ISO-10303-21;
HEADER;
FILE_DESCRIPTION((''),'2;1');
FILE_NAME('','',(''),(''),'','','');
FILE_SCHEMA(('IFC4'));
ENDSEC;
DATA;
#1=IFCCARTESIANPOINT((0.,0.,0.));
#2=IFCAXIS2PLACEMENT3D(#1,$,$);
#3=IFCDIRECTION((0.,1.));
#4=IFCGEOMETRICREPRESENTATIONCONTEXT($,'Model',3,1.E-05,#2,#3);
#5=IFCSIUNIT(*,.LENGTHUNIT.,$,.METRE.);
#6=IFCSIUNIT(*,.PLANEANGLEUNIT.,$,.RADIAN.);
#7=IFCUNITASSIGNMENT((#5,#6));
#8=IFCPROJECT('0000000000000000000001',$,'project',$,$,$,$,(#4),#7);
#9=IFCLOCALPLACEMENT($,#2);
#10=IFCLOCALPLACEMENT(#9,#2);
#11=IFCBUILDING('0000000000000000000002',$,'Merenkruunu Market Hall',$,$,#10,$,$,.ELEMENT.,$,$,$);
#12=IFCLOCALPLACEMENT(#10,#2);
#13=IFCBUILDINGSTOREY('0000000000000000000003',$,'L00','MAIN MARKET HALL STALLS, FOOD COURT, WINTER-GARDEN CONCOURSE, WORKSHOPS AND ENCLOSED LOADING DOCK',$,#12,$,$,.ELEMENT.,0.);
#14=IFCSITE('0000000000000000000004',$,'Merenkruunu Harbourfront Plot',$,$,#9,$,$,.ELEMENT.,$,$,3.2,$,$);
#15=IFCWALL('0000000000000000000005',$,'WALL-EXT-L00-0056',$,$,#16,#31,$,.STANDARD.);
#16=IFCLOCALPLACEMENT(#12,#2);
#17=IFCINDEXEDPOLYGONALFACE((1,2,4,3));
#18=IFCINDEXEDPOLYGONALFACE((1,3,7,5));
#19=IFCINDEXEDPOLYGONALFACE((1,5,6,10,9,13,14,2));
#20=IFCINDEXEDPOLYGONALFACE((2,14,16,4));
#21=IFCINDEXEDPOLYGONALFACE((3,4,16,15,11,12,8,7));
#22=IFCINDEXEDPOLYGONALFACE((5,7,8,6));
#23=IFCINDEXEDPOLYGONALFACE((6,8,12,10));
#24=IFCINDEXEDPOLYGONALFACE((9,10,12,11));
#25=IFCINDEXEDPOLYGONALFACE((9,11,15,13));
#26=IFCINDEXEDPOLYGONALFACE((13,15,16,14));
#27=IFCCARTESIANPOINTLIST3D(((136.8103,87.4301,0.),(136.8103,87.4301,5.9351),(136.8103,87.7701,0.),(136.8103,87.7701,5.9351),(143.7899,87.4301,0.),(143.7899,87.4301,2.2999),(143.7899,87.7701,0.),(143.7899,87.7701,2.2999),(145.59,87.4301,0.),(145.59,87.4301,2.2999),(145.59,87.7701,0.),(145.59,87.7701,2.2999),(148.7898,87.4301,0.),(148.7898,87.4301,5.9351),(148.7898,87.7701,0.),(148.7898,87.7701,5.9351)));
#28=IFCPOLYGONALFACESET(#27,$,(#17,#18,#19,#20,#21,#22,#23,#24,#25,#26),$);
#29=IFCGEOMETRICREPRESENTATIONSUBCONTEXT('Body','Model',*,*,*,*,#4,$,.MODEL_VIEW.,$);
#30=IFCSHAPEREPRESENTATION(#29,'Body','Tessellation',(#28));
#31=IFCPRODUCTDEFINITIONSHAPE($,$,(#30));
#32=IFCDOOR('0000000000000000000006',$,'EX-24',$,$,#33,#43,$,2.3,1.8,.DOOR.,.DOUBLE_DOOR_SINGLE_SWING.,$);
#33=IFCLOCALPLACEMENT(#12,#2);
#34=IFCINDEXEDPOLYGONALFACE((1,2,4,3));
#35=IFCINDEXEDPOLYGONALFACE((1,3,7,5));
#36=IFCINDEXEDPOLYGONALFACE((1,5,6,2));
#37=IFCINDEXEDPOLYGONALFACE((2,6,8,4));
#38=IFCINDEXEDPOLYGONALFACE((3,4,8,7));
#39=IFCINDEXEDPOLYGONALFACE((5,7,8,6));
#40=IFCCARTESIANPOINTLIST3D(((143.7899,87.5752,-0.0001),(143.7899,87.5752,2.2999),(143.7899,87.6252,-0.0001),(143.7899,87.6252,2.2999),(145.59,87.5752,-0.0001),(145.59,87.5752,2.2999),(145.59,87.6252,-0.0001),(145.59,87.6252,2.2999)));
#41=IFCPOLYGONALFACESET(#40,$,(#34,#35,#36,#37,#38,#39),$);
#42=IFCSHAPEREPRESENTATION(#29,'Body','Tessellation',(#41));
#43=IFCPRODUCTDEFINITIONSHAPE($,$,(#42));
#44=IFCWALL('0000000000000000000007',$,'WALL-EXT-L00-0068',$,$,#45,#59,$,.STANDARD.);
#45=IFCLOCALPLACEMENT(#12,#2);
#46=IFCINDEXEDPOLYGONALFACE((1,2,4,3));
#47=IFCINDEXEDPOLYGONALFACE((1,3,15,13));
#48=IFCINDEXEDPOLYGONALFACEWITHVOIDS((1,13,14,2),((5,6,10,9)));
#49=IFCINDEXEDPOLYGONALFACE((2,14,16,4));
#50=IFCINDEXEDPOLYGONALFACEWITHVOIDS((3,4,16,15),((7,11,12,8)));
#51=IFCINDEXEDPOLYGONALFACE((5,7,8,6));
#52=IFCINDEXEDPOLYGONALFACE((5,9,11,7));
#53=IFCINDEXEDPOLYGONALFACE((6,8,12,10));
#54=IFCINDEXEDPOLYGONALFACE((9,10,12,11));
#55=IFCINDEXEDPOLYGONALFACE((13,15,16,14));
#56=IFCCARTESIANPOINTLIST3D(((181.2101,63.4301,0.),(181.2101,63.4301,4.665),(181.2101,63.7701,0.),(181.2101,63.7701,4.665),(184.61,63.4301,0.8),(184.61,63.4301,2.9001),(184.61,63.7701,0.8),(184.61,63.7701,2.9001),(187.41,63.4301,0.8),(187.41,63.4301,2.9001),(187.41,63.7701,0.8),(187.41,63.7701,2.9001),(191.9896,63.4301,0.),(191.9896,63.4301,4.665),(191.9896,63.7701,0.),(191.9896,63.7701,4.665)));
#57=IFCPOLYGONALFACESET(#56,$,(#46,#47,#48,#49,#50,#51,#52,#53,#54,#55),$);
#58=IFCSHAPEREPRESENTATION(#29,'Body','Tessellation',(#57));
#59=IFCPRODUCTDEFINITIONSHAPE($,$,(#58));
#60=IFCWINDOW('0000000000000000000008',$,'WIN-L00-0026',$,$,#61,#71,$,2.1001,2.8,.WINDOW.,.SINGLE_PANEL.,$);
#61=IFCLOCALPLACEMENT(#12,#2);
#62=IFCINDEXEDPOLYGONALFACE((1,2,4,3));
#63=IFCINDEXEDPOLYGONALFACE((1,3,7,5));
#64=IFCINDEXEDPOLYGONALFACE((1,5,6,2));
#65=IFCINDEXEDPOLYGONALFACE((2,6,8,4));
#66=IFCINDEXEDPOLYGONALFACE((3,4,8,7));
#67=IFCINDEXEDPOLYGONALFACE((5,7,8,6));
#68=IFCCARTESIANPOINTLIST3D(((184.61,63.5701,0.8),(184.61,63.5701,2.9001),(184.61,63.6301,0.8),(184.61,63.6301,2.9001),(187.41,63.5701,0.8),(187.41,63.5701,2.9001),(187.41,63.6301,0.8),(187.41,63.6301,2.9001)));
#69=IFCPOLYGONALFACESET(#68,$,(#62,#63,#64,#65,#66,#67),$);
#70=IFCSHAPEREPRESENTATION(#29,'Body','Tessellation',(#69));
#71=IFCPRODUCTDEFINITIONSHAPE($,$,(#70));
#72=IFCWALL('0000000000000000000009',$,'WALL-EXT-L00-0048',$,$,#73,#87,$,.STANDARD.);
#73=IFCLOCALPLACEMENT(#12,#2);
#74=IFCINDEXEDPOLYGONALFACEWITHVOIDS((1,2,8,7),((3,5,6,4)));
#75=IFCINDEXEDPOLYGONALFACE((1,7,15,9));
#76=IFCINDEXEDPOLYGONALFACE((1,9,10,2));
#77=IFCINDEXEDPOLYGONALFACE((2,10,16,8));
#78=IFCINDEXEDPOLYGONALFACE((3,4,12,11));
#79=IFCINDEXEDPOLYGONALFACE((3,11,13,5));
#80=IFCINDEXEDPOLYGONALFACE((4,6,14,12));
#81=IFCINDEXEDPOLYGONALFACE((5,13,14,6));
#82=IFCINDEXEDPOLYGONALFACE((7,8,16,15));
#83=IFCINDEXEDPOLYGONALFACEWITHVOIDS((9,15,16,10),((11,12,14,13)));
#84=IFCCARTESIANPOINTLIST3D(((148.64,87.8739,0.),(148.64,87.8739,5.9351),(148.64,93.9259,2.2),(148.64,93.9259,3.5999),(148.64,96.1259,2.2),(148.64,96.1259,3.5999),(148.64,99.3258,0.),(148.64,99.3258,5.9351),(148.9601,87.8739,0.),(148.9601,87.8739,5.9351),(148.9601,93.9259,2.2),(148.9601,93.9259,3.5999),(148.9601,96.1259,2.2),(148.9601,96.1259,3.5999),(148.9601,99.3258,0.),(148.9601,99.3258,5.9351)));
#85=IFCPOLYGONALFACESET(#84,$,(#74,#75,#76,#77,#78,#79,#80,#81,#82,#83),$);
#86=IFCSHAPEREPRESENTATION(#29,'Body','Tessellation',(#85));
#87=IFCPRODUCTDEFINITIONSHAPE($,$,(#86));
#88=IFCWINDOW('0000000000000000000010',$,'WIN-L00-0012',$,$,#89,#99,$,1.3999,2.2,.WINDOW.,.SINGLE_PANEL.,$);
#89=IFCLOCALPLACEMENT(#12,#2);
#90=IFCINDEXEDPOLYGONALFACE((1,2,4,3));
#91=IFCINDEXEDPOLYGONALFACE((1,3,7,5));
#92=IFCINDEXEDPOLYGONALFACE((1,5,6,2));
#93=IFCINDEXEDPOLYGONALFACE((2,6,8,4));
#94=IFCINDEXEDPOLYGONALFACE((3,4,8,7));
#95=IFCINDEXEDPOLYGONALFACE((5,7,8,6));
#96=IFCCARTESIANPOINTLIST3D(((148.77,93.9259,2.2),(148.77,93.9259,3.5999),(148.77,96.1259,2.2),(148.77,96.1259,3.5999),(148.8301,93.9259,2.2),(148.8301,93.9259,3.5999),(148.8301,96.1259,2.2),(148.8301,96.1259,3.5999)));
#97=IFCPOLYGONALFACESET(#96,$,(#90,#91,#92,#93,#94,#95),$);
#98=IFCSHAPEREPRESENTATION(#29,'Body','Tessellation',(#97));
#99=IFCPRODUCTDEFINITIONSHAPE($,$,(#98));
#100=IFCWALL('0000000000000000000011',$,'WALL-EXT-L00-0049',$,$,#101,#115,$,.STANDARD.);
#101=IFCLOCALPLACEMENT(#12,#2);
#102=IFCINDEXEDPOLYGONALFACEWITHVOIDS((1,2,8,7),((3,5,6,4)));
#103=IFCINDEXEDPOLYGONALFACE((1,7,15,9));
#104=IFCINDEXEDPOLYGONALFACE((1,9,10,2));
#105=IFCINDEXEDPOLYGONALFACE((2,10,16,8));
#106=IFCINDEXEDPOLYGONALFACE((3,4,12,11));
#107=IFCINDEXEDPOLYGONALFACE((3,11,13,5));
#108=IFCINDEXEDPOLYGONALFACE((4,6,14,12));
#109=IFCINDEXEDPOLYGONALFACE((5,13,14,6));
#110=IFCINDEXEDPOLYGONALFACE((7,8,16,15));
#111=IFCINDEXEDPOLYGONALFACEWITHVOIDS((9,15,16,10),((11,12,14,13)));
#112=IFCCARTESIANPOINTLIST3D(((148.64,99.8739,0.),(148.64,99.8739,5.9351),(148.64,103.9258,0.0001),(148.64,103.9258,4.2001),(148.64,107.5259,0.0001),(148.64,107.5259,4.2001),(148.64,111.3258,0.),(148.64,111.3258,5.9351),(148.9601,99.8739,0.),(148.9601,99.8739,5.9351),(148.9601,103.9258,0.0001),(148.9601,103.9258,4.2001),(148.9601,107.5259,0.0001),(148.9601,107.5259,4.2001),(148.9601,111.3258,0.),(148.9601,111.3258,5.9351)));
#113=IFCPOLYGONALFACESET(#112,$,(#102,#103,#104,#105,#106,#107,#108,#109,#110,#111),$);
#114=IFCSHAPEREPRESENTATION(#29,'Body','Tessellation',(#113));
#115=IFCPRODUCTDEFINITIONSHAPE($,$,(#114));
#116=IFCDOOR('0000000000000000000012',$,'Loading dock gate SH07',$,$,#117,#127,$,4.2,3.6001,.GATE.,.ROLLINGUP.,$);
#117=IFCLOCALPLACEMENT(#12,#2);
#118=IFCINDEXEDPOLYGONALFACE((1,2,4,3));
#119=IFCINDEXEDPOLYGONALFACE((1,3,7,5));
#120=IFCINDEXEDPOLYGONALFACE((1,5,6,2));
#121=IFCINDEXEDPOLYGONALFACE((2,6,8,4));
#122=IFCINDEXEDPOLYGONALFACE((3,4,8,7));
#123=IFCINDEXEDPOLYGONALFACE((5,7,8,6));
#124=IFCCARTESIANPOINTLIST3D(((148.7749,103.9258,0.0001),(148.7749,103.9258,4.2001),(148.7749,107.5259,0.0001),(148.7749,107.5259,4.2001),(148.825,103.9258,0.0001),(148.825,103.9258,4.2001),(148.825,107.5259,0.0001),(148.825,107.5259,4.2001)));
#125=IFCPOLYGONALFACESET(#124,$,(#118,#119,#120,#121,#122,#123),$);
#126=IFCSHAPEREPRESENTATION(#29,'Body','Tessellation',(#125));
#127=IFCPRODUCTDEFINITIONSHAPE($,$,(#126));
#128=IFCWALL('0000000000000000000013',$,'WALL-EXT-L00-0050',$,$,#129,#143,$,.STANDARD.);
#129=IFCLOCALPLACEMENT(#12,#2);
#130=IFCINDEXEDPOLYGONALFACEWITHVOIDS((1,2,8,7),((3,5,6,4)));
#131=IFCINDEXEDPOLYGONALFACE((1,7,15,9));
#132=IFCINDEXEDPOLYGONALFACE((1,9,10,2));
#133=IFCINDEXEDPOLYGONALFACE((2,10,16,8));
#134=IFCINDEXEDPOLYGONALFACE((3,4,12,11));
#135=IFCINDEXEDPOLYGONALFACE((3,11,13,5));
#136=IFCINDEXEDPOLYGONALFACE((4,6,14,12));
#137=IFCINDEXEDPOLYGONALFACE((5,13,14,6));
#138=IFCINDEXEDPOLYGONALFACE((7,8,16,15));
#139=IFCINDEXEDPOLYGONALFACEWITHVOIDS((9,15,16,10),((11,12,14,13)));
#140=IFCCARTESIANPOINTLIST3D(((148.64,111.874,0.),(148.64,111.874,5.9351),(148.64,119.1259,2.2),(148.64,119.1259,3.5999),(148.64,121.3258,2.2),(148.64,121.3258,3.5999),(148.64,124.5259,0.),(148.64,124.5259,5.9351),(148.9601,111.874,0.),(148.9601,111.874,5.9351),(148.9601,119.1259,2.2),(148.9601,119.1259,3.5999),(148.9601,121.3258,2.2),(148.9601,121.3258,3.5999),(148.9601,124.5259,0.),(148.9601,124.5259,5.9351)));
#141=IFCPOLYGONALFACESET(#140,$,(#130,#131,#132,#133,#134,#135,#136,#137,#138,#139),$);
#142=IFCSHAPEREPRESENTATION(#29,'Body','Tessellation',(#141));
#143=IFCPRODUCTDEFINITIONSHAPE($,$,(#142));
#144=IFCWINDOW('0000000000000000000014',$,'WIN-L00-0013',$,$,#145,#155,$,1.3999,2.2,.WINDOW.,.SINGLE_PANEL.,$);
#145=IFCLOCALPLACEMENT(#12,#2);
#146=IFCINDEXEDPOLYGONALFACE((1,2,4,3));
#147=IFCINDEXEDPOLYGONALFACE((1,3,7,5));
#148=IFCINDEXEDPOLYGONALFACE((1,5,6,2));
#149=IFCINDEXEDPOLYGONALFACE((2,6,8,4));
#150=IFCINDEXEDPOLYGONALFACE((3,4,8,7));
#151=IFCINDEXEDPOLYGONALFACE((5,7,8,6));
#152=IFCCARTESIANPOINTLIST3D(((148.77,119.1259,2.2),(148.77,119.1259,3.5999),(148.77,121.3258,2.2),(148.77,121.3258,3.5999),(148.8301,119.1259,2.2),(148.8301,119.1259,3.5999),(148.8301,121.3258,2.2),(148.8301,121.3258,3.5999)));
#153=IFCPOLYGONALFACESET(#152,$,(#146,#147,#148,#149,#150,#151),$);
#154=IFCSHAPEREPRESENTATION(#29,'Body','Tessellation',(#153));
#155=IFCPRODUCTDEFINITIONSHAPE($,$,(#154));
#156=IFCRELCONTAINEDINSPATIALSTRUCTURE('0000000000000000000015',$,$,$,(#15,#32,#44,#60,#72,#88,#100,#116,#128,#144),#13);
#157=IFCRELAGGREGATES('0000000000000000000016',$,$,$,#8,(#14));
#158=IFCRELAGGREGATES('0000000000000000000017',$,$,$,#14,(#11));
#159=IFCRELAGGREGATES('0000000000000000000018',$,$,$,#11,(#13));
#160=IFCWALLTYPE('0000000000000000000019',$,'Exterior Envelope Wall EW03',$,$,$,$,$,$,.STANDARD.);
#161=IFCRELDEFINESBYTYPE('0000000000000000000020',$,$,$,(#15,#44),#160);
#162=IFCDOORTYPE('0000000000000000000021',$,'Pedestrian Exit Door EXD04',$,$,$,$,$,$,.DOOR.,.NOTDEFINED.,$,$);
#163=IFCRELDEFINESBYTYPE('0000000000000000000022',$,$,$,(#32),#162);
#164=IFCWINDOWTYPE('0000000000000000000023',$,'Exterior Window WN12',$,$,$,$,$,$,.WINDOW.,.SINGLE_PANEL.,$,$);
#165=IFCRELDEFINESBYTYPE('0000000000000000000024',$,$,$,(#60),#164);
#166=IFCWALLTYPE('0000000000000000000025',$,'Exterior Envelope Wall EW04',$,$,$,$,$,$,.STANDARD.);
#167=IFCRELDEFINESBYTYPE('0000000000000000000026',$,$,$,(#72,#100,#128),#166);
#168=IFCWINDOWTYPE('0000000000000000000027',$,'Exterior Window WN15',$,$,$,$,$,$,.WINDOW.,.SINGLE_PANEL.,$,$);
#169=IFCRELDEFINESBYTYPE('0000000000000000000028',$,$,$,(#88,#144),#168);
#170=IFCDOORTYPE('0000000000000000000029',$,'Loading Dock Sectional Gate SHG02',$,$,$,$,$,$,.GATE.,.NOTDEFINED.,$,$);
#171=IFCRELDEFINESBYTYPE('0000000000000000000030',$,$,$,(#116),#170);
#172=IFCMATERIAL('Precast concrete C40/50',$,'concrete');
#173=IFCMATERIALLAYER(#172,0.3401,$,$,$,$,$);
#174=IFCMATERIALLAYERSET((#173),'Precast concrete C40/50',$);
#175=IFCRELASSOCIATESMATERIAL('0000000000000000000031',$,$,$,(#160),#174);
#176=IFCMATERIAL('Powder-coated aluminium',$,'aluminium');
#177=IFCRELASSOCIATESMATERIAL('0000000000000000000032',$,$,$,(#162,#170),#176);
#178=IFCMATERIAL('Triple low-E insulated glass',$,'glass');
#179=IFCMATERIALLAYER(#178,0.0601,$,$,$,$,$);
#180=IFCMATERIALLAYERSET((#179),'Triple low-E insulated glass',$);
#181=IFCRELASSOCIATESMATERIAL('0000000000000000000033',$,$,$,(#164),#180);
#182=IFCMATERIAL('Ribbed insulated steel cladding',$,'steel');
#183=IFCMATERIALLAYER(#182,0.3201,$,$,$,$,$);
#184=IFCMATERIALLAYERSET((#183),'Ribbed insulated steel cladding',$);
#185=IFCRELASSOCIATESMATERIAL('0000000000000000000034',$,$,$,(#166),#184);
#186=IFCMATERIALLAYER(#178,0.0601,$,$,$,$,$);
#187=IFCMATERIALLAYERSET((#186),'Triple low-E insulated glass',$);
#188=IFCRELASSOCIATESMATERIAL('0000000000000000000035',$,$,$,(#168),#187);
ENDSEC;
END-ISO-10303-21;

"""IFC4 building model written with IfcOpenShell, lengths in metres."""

from ifc_helpers import new_model, si_unit, direction, frame, frame_2d, origin, place, context, subcontext, project, spatial, rectangle, extrude, material, layer, layer_set, type_object, element, fill, save


model = new_model("IFC4")

# Units and contexts
model_context = context("Model", 3, precision=1e-05, world=origin(), true_north=direction((0.0, 1.0)))
body_context = subcontext(model_context, "Body", "Model", "MODEL_VIEW")
ifc_project = project(units=[si_unit("LENGTHUNIT", "METRE"), si_unit("PLANEANGLEUNIT", "RADIAN")], contexts=[model_context])

# Site, building, storey
site_placement = place(None, origin())
site = spatial("IfcSite", under=ifc_project, at=site_placement, Name="Merenkruunu Harbourfront Plot", CompositionType="ELEMENT", RefElevation=3.2)
building_placement = place(site_placement, origin())
building = spatial("IfcBuilding", under=site, at=building_placement, Name="Merenkruunu Market Hall", CompositionType="ELEMENT")
storey_placement = place(building_placement, origin())
storey = spatial("IfcBuildingStorey", under=building, at=storey_placement, Name="L00", Description="MAIN MARKET HALL STALLS, FOOD COURT, WINTER-GARDEN CONCOURSE, WORKSHOPS AND ENCLOSED LOADING DOCK", CompositionType="ELEMENT", Elevation=0.0)

# Wall, opening, door
ifc_material_1 = material(Name="Precast concrete C40/50", Category="concrete")
ifc_layer_1 = layer(ifc_material_1, 0.3401)
ifc_layer_set_1 = layer_set([ifc_layer_1], Name="Precast concrete C40/50")
wall_type_1 = type_object("IfcWallType", Name="Exterior Envelope Wall EW03", PredefinedType="STANDARD", material=ifc_layer_set_1)
wall_1_placement = place(storey_placement, frame((148.7898, 87.6001, 0.0), z_axis=(0.0, 0.0, 1.0), x_axis=(-1.0, 0.0, 0.0)))
wall_1 = element("IfcWall", 1, at=wall_1_placement, inside=storey, type_object=wall_type_1, Name="WALL-EXT-L00-0056", PredefinedType="STANDARD", context=body_context, shape_type="SweptSolid", body=[
    extrude(rectangle(XDim=11.9795, YDim=0.3401, at=frame_2d((5.9897, 0.0))), origin(), (0.0, 0.0, 1.0), 5.9351),
])
opening_1_placement = place(wall_1_placement, frame((3.2, 0.0, 0.0)))
opening_1 = element("IfcOpeningElement", 2, at=opening_1_placement, cuts=wall_1, PredefinedType="OPENING", context=body_context, shape_type="SweptSolid", body=[
    extrude(rectangle(XDim=1.8, YDim=2.3, at=frame_2d((0.8999, 1.1499))), frame((0.0, 0.1802, 0.0), z_axis=(0.0, -1.0, 0.0), x_axis=(1.0, 0.0, 0.0)), (0.0, 0.0, 1.0), 0.3601),
])
ifc_material_2 = material(Name="Powder-coated aluminium", Category="aluminium")
door_type_1 = type_object("IfcDoorType", Name="Pedestrian Exit Door EXD04", OperationType="NOTDEFINED", PredefinedType="DOOR", material=ifc_material_2)
door_1_placement = place(opening_1_placement, origin())
door_1 = element("IfcDoor", 3, at=door_1_placement, inside=storey, type_object=door_type_1, Name="EX-24", OperationType="DOUBLE_DOOR_SINGLE_SWING", OverallHeight=2.3, OverallWidth=1.8, PredefinedType="DOOR", context=body_context, shape_type="SweptSolid", body=[
    extrude(rectangle(XDim=1.8, YDim=2.3, at=frame_2d((0.8999, 1.1499))), frame((0.0, 0.0249, 0.0), z_axis=(0.0, -1.0, 0.0), x_axis=(1.0, 0.0, 0.0)), (0.0, 0.0, 1.0), 0.05),
])
fill(opening_1, door_1)

# Walls, openings, windows
wall_2_placement = place(storey_placement, frame((181.2102, 63.6001, 0.0), z_axis=(0.0, 0.0, 1.0), x_axis=(1.0, 0.0, 0.0)))
wall_2 = element("IfcWall", 4, at=wall_2_placement, inside=storey, type_object=wall_type_1, Name="WALL-EXT-L00-0068", PredefinedType="STANDARD", context=body_context, shape_type="SweptSolid", body=[
    extrude(rectangle(XDim=10.7795, YDim=0.3401, at=frame_2d((5.3896, 0.0))), origin(), (0.0, 0.0, 1.0), 4.665),
])
opening_2_placement = place(wall_2_placement, frame((3.3999, 0.0, 0.8)))
opening_2 = element("IfcOpeningElement", 5, at=opening_2_placement, cuts=wall_2, PredefinedType="OPENING", context=body_context, shape_type="SweptSolid", body=[
    extrude(rectangle(XDim=2.8, YDim=2.1001, at=frame_2d((1.3999, 1.05))), frame((0.0, 0.1802, 0.0), z_axis=(0.0, -1.0, 0.0), x_axis=(1.0, 0.0, 0.0)), (0.0, 0.0, 1.0), 0.3601),
])
ifc_material_3 = material(Name="Triple low-E insulated glass", Category="glass")
ifc_layer_2 = layer(ifc_material_3, 0.0601)
ifc_layer_set_2 = layer_set([ifc_layer_2], Name="Triple low-E insulated glass")
window_type_1 = type_object("IfcWindowType", Name="Exterior Window WN12", PartitioningType="SINGLE_PANEL", PredefinedType="WINDOW", material=ifc_layer_set_2)
window_1_placement = place(opening_2_placement, origin())
window_1 = element("IfcWindow", 6, at=window_1_placement, inside=storey, type_object=window_type_1, Name="WIN-L00-0026", OverallHeight=2.1001, OverallWidth=2.8, PartitioningType="SINGLE_PANEL", PredefinedType="WINDOW", context=body_context, shape_type="SweptSolid", body=[
    extrude(rectangle(XDim=2.8, YDim=2.1001, at=frame_2d((1.3999, 1.05))), frame((0.0, 0.03, 0.0), z_axis=(0.0, -1.0, 0.0), x_axis=(1.0, 0.0, 0.0)), (0.0, 0.0, 1.0), 0.0601),
])
fill(opening_2, window_1)
ifc_material_4 = material(Name="Ribbed insulated steel cladding", Category="steel")
ifc_layer_3 = layer(ifc_material_4, 0.3201)
ifc_layer_set_3 = layer_set([ifc_layer_3], Name="Ribbed insulated steel cladding")
wall_type_2 = type_object("IfcWallType", Name="Exterior Envelope Wall EW04", PredefinedType="STANDARD", material=ifc_layer_set_3)
wall_3_placement = place(storey_placement, frame((148.8, 99.3259, 0.0), z_axis=(0.0, 0.0, 1.0), x_axis=(0.0, -1.0, 0.0)))
wall_3 = element("IfcWall", 7, at=wall_3_placement, inside=storey, type_object=wall_type_2, Name="WALL-EXT-L00-0048", PredefinedType="STANDARD", context=body_context, shape_type="SweptSolid", body=[
    extrude(rectangle(XDim=11.4519, YDim=0.3201, at=frame_2d((5.7261, 0.0))), origin(), (0.0, 0.0, 1.0), 5.9351),
])
opening_3_placement = place(wall_3_placement, frame((3.2, 0.0, 2.2)))
opening_3 = element("IfcOpeningElement", 8, at=opening_3_placement, cuts=wall_3, PredefinedType="OPENING", context=body_context, shape_type="SweptSolid", body=[
    extrude(rectangle(XDim=2.2, YDim=1.3999, at=frame_2d((1.1001, 0.7))), frame((0.0, 0.1699, 0.0), z_axis=(0.0, -1.0, 0.0), x_axis=(1.0, 0.0, 0.0)), (0.0, 0.0, 1.0), 0.3401),
])
ifc_layer_4 = layer(ifc_material_3, 0.0601)
ifc_layer_set_4 = layer_set([ifc_layer_4], Name="Triple low-E insulated glass")
window_type_2 = type_object("IfcWindowType", Name="Exterior Window WN15", PartitioningType="SINGLE_PANEL", PredefinedType="WINDOW", material=ifc_layer_set_4)
window_2_placement = place(opening_3_placement, origin())
window_2 = element("IfcWindow", 9, at=window_2_placement, inside=storey, type_object=window_type_2, Name="WIN-L00-0012", OverallHeight=1.3999, OverallWidth=2.2, PartitioningType="SINGLE_PANEL", PredefinedType="WINDOW", context=body_context, shape_type="SweptSolid", body=[
    extrude(rectangle(XDim=2.2, YDim=1.3999, at=frame_2d((1.1001, 0.7))), frame((0.0, 0.03, 0.0), z_axis=(0.0, -1.0, 0.0), x_axis=(1.0, 0.0, 0.0)), (0.0, 0.0, 1.0), 0.0601),
])
fill(opening_3, window_2)

# Wall, opening, door
wall_4_placement = place(storey_placement, frame((148.8, 111.3259, 0.0), z_axis=(0.0, 0.0, 1.0), x_axis=(0.0, -1.0, 0.0)))
wall_4 = element("IfcWall", 10, at=wall_4_placement, inside=storey, type_object=wall_type_2, Name="WALL-EXT-L00-0049", PredefinedType="STANDARD", context=body_context, shape_type="SweptSolid", body=[
    extrude(rectangle(XDim=11.4519, YDim=0.3201, at=frame_2d((5.7261, 0.0))), origin(), (0.0, 0.0, 1.0), 5.9351),
])
opening_4_placement = place(wall_4_placement, frame((3.8, 0.0, 0.0)))
opening_4 = element("IfcOpeningElement", 11, at=opening_4_placement, cuts=wall_4, PredefinedType="OPENING", context=body_context, shape_type="SweptSolid", body=[
    extrude(rectangle(XDim=3.6001, YDim=4.2, at=frame_2d((1.8, 2.1001))), frame((0.0, 0.1699, 0.0), z_axis=(0.0, -1.0, 0.0), x_axis=(1.0, 0.0, 0.0)), (0.0, 0.0, 1.0), 0.3401),
])
door_type_2 = type_object("IfcDoorType", Name="Loading Dock Sectional Gate SHG02", OperationType="NOTDEFINED", PredefinedType="GATE", material=ifc_material_2)
door_2_placement = place(opening_4_placement, origin())
door_2 = element("IfcDoor", 12, at=door_2_placement, inside=storey, type_object=door_type_2, Name="Loading dock gate SH07", OperationType="ROLLINGUP", OverallHeight=4.2, OverallWidth=3.6001, PredefinedType="GATE", context=body_context, shape_type="SweptSolid", body=[
    extrude(rectangle(XDim=3.6001, YDim=4.2, at=frame_2d((1.8, 2.1001))), frame((0.0, 0.0249, 0.0), z_axis=(0.0, -1.0, 0.0), x_axis=(1.0, 0.0, 0.0)), (0.0, 0.0, 1.0), 0.05),
])
fill(opening_4, door_2)

# Wall, opening, window
wall_5_placement = place(storey_placement, frame((148.8, 124.5259, 0.0), z_axis=(0.0, 0.0, 1.0), x_axis=(0.0, -1.0, 0.0)))
wall_5 = element("IfcWall", 13, at=wall_5_placement, inside=storey, type_object=wall_type_2, Name="WALL-EXT-L00-0050", PredefinedType="STANDARD", context=body_context, shape_type="SweptSolid", body=[
    extrude(rectangle(XDim=12.6519, YDim=0.3201, at=frame_2d((6.3259, 0.0))), origin(), (0.0, 0.0, 1.0), 5.9351),
])
opening_5_placement = place(wall_5_placement, frame((3.2, 0.0, 2.2)))
opening_5 = element("IfcOpeningElement", 14, at=opening_5_placement, cuts=wall_5, PredefinedType="OPENING", context=body_context, shape_type="SweptSolid", body=[
    extrude(rectangle(XDim=2.2, YDim=1.3999, at=frame_2d((1.1001, 0.7))), frame((0.0, 0.1699, 0.0), z_axis=(0.0, -1.0, 0.0), x_axis=(1.0, 0.0, 0.0)), (0.0, 0.0, 1.0), 0.3401),
])
window_3_placement = place(opening_5_placement, origin())
window_3 = element("IfcWindow", 15, at=window_3_placement, inside=storey, type_object=window_type_2, Name="WIN-L00-0013", OverallHeight=1.3999, OverallWidth=2.2, PartitioningType="SINGLE_PANEL", PredefinedType="WINDOW", context=body_context, shape_type="SweptSolid", body=[
    extrude(rectangle(XDim=2.2, YDim=1.3999, at=frame_2d((1.1001, 0.7))), frame((0.0, 0.03, 0.0), z_axis=(0.0, -1.0, 0.0), x_axis=(1.0, 0.0, 0.0)), (0.0, 0.0, 1.0), 0.0601),
])
fill(opening_5, window_3)

save(model, "model.ifc")
